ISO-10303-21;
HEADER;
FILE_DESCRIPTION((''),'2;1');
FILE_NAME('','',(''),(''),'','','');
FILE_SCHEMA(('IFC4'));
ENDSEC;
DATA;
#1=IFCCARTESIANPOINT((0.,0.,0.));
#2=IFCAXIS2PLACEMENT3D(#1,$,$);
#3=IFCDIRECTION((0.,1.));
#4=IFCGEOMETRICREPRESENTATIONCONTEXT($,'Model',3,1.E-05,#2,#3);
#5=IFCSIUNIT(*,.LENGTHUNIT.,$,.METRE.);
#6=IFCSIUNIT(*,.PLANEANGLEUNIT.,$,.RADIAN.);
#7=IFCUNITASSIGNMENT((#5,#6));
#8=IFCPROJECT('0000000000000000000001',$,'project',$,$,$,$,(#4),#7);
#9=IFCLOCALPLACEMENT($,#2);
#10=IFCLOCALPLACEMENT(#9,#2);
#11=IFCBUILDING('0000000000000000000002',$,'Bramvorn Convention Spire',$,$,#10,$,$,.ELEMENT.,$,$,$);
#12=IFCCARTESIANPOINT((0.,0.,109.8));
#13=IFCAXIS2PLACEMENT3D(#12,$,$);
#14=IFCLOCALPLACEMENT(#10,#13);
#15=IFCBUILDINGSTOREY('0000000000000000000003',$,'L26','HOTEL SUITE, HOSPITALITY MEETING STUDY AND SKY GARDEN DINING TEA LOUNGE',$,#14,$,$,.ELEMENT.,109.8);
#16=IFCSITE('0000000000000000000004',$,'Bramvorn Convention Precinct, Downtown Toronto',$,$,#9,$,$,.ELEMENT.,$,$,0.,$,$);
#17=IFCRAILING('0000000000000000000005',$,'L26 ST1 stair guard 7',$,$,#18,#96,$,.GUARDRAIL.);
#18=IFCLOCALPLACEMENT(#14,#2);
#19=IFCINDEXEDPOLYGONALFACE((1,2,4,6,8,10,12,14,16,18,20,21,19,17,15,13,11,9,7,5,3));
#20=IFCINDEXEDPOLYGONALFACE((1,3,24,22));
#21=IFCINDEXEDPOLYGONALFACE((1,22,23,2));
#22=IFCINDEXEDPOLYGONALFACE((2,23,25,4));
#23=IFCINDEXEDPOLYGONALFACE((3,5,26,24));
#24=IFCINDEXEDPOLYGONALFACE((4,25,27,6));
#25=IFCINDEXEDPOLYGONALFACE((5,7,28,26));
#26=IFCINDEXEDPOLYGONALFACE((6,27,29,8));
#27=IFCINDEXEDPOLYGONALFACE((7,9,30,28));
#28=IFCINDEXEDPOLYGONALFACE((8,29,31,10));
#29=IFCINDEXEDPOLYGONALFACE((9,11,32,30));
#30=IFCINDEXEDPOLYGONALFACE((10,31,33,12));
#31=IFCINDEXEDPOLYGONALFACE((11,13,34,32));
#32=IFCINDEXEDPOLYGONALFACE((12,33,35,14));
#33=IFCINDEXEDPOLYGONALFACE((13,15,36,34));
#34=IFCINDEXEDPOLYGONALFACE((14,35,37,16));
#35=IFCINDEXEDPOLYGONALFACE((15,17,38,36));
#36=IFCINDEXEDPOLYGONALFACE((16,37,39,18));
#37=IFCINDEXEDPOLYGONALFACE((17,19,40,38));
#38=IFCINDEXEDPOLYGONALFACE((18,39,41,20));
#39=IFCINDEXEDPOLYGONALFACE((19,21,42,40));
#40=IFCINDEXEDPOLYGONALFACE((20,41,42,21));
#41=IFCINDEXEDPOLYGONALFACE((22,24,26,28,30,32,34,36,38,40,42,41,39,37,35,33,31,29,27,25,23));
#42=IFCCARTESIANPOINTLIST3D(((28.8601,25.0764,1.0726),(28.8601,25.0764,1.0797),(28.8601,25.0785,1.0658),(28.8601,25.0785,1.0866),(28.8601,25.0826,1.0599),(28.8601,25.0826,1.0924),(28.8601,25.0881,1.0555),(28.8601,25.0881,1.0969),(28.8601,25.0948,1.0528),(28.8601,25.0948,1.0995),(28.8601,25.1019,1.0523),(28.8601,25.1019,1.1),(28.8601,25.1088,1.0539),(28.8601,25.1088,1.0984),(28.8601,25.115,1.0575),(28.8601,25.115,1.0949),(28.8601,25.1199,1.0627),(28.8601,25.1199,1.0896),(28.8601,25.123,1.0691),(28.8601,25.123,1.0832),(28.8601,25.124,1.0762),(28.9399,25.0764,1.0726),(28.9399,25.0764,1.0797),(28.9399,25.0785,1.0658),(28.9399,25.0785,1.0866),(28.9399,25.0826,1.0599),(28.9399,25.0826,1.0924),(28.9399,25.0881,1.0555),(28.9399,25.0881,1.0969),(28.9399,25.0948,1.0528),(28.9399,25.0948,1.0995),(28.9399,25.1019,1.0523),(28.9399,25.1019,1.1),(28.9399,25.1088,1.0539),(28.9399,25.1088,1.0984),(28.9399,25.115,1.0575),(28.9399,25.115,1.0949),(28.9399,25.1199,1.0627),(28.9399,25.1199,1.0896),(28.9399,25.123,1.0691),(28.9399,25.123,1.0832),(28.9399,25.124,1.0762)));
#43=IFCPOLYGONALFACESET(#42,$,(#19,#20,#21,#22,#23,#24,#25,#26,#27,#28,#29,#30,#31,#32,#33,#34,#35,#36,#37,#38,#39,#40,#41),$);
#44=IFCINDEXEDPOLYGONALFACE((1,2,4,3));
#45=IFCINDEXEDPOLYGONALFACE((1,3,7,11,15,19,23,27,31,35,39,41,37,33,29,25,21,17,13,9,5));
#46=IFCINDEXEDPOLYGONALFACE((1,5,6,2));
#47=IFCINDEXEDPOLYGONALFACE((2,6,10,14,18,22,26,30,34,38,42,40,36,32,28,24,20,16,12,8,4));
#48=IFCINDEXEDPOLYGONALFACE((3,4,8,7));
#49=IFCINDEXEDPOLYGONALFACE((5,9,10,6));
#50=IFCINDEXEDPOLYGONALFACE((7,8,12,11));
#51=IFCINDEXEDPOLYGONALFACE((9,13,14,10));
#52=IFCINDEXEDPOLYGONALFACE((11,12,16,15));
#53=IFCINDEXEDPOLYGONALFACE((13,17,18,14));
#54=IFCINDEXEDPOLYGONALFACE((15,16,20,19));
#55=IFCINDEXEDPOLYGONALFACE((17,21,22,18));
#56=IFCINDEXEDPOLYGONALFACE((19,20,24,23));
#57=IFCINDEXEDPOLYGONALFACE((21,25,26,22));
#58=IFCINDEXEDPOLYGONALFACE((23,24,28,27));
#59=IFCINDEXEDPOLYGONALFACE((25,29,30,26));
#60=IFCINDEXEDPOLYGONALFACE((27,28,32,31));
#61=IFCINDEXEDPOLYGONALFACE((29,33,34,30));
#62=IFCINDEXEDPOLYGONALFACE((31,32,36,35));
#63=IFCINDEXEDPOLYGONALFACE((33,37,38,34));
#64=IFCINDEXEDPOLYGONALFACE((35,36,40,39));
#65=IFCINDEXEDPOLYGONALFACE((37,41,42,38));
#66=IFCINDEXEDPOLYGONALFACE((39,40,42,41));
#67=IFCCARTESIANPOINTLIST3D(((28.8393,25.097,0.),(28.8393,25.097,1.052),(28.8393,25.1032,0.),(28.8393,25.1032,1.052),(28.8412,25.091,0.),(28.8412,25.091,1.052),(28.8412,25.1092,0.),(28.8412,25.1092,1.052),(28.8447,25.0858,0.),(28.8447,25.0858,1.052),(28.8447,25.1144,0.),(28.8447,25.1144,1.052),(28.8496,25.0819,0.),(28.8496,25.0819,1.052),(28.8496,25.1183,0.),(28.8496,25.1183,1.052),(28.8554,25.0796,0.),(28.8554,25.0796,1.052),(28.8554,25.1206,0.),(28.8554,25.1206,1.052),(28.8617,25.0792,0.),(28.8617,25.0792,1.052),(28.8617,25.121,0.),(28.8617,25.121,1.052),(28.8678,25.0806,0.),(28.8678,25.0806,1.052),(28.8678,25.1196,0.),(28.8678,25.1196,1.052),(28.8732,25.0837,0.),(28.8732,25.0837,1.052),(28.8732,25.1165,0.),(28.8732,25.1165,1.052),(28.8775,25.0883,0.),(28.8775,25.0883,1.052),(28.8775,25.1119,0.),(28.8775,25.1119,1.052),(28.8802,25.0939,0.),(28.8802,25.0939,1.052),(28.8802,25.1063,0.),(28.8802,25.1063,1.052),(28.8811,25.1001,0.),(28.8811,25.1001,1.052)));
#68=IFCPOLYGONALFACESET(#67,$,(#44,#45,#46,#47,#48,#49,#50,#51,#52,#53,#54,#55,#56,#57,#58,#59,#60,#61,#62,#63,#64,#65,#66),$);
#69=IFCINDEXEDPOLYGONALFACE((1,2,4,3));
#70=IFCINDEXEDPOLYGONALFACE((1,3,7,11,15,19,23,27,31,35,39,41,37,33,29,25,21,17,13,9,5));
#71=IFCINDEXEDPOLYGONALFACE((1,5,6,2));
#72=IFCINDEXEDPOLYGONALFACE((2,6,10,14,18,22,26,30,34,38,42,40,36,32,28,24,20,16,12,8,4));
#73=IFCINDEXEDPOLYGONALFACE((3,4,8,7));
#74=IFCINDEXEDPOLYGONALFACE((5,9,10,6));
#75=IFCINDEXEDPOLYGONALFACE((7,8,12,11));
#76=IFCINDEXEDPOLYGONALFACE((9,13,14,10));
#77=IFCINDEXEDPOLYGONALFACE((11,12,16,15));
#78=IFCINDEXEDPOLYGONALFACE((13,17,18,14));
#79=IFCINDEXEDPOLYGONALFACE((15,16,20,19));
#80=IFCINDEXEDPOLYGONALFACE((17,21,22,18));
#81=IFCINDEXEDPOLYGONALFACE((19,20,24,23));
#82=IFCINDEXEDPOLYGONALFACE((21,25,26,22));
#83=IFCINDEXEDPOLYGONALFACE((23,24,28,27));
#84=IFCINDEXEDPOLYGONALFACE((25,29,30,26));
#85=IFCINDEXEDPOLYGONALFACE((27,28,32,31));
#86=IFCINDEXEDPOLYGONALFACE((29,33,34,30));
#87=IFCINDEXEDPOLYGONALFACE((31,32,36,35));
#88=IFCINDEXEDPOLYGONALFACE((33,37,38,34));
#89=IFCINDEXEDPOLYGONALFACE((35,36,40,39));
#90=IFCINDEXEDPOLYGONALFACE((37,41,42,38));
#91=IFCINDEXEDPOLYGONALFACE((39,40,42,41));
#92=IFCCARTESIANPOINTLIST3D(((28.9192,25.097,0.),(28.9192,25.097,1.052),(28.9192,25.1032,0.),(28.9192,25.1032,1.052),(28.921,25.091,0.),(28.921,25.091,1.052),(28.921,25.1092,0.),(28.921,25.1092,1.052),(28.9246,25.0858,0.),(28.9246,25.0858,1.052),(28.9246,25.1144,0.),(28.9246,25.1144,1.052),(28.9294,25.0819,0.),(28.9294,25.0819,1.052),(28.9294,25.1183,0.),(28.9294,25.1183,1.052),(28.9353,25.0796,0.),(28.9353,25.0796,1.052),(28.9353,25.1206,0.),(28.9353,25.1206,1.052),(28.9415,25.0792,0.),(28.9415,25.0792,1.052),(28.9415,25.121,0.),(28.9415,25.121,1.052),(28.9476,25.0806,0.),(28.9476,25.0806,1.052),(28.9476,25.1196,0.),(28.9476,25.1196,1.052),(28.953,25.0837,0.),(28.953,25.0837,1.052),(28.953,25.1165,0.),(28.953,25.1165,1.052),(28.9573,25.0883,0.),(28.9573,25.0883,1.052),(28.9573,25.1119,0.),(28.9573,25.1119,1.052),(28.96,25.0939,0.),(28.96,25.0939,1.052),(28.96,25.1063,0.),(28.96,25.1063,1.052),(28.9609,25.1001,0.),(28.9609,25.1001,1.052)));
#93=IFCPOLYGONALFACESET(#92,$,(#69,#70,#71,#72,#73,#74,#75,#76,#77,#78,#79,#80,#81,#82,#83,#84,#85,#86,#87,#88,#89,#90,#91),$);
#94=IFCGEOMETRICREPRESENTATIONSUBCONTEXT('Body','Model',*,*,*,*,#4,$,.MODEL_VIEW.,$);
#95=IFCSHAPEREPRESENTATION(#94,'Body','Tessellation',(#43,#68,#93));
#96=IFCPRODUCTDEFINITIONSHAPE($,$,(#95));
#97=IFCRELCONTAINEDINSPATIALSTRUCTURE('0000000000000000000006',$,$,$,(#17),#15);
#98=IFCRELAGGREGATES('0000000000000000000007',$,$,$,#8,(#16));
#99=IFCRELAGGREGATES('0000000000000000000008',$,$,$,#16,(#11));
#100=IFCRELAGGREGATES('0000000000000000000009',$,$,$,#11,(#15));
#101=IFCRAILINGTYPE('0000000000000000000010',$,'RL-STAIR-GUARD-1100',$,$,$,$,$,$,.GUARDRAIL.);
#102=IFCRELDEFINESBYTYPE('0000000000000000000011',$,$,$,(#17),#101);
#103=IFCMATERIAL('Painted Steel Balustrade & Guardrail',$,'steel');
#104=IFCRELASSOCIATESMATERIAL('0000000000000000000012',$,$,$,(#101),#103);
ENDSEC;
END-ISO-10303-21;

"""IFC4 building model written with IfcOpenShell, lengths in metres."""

from ifc_helpers import new_model, si_unit, direction, frame, origin, origin_2d, place, context, subcontext, project, spatial, circle, extrude, material, type_object, element, save


model = new_model("IFC4")

# Units and contexts
model_context = context("Model", 3, precision=1e-05, world=origin(), true_north=direction((0.0, 1.0)))
body_context = subcontext(model_context, "Body", "Model", "MODEL_VIEW")
ifc_project = project(units=[si_unit("LENGTHUNIT", "METRE"), si_unit("PLANEANGLEUNIT", "RADIAN")], contexts=[model_context])

# Site, building, storey
site_placement = place(None, origin())
site = spatial("IfcSite", under=ifc_project, at=site_placement, Name="Bramvorn Convention Precinct, Downtown Toronto", CompositionType="ELEMENT", RefElevation=0.0)
building_placement = place(site_placement, origin())
building = spatial("IfcBuilding", under=site, at=building_placement, Name="Bramvorn Convention Spire", CompositionType="ELEMENT")
storey_placement = place(building_placement, frame((0.0, 0.0, 109.8)))
storey = spatial("IfcBuildingStorey", under=building, at=storey_placement, Name="L26", Description="HOTEL SUITE, HOSPITALITY MEETING STUDY AND SKY GARDEN DINING TEA LOUNGE", CompositionType="ELEMENT", Elevation=109.8)

# Railing
ifc_material_1 = material(Name="Painted Steel Balustrade & Guardrail", Category="steel")
railing_type_1 = type_object("IfcRailingType", Name="RL-STAIR-GUARD-1100", PredefinedType="GUARDRAIL", material=ifc_material_1)
railing_1_placement = place(storey_placement, frame((28.8601, 25.1001, 0.0)))
element("IfcRailing", 1, at=railing_1_placement, inside=storey, type_object=railing_type_1, Name="L26 ST1 stair guard 7", PredefinedType="GUARDRAIL", context=body_context, shape_type="SweptSolid", body=[
    extrude(circle(Radius=0.0239, at=origin_2d()), frame((0.0, 0.0, 1.0762), z_axis=(1.0, 0.0, 0.0), x_axis=(0.0, 1.0, 0.0)), (0.0, 0.0, 1.0), 0.0798),
    extrude(circle(Radius=0.021, at=origin_2d()), origin(), (0.0, 0.0, 1.0), 1.052),
    extrude(circle(Radius=0.021, at=origin_2d()), frame((0.0798, 0.0, 0.0)), (0.0, 0.0, 1.0), 1.052),
])

save(model, "model.ifc")
